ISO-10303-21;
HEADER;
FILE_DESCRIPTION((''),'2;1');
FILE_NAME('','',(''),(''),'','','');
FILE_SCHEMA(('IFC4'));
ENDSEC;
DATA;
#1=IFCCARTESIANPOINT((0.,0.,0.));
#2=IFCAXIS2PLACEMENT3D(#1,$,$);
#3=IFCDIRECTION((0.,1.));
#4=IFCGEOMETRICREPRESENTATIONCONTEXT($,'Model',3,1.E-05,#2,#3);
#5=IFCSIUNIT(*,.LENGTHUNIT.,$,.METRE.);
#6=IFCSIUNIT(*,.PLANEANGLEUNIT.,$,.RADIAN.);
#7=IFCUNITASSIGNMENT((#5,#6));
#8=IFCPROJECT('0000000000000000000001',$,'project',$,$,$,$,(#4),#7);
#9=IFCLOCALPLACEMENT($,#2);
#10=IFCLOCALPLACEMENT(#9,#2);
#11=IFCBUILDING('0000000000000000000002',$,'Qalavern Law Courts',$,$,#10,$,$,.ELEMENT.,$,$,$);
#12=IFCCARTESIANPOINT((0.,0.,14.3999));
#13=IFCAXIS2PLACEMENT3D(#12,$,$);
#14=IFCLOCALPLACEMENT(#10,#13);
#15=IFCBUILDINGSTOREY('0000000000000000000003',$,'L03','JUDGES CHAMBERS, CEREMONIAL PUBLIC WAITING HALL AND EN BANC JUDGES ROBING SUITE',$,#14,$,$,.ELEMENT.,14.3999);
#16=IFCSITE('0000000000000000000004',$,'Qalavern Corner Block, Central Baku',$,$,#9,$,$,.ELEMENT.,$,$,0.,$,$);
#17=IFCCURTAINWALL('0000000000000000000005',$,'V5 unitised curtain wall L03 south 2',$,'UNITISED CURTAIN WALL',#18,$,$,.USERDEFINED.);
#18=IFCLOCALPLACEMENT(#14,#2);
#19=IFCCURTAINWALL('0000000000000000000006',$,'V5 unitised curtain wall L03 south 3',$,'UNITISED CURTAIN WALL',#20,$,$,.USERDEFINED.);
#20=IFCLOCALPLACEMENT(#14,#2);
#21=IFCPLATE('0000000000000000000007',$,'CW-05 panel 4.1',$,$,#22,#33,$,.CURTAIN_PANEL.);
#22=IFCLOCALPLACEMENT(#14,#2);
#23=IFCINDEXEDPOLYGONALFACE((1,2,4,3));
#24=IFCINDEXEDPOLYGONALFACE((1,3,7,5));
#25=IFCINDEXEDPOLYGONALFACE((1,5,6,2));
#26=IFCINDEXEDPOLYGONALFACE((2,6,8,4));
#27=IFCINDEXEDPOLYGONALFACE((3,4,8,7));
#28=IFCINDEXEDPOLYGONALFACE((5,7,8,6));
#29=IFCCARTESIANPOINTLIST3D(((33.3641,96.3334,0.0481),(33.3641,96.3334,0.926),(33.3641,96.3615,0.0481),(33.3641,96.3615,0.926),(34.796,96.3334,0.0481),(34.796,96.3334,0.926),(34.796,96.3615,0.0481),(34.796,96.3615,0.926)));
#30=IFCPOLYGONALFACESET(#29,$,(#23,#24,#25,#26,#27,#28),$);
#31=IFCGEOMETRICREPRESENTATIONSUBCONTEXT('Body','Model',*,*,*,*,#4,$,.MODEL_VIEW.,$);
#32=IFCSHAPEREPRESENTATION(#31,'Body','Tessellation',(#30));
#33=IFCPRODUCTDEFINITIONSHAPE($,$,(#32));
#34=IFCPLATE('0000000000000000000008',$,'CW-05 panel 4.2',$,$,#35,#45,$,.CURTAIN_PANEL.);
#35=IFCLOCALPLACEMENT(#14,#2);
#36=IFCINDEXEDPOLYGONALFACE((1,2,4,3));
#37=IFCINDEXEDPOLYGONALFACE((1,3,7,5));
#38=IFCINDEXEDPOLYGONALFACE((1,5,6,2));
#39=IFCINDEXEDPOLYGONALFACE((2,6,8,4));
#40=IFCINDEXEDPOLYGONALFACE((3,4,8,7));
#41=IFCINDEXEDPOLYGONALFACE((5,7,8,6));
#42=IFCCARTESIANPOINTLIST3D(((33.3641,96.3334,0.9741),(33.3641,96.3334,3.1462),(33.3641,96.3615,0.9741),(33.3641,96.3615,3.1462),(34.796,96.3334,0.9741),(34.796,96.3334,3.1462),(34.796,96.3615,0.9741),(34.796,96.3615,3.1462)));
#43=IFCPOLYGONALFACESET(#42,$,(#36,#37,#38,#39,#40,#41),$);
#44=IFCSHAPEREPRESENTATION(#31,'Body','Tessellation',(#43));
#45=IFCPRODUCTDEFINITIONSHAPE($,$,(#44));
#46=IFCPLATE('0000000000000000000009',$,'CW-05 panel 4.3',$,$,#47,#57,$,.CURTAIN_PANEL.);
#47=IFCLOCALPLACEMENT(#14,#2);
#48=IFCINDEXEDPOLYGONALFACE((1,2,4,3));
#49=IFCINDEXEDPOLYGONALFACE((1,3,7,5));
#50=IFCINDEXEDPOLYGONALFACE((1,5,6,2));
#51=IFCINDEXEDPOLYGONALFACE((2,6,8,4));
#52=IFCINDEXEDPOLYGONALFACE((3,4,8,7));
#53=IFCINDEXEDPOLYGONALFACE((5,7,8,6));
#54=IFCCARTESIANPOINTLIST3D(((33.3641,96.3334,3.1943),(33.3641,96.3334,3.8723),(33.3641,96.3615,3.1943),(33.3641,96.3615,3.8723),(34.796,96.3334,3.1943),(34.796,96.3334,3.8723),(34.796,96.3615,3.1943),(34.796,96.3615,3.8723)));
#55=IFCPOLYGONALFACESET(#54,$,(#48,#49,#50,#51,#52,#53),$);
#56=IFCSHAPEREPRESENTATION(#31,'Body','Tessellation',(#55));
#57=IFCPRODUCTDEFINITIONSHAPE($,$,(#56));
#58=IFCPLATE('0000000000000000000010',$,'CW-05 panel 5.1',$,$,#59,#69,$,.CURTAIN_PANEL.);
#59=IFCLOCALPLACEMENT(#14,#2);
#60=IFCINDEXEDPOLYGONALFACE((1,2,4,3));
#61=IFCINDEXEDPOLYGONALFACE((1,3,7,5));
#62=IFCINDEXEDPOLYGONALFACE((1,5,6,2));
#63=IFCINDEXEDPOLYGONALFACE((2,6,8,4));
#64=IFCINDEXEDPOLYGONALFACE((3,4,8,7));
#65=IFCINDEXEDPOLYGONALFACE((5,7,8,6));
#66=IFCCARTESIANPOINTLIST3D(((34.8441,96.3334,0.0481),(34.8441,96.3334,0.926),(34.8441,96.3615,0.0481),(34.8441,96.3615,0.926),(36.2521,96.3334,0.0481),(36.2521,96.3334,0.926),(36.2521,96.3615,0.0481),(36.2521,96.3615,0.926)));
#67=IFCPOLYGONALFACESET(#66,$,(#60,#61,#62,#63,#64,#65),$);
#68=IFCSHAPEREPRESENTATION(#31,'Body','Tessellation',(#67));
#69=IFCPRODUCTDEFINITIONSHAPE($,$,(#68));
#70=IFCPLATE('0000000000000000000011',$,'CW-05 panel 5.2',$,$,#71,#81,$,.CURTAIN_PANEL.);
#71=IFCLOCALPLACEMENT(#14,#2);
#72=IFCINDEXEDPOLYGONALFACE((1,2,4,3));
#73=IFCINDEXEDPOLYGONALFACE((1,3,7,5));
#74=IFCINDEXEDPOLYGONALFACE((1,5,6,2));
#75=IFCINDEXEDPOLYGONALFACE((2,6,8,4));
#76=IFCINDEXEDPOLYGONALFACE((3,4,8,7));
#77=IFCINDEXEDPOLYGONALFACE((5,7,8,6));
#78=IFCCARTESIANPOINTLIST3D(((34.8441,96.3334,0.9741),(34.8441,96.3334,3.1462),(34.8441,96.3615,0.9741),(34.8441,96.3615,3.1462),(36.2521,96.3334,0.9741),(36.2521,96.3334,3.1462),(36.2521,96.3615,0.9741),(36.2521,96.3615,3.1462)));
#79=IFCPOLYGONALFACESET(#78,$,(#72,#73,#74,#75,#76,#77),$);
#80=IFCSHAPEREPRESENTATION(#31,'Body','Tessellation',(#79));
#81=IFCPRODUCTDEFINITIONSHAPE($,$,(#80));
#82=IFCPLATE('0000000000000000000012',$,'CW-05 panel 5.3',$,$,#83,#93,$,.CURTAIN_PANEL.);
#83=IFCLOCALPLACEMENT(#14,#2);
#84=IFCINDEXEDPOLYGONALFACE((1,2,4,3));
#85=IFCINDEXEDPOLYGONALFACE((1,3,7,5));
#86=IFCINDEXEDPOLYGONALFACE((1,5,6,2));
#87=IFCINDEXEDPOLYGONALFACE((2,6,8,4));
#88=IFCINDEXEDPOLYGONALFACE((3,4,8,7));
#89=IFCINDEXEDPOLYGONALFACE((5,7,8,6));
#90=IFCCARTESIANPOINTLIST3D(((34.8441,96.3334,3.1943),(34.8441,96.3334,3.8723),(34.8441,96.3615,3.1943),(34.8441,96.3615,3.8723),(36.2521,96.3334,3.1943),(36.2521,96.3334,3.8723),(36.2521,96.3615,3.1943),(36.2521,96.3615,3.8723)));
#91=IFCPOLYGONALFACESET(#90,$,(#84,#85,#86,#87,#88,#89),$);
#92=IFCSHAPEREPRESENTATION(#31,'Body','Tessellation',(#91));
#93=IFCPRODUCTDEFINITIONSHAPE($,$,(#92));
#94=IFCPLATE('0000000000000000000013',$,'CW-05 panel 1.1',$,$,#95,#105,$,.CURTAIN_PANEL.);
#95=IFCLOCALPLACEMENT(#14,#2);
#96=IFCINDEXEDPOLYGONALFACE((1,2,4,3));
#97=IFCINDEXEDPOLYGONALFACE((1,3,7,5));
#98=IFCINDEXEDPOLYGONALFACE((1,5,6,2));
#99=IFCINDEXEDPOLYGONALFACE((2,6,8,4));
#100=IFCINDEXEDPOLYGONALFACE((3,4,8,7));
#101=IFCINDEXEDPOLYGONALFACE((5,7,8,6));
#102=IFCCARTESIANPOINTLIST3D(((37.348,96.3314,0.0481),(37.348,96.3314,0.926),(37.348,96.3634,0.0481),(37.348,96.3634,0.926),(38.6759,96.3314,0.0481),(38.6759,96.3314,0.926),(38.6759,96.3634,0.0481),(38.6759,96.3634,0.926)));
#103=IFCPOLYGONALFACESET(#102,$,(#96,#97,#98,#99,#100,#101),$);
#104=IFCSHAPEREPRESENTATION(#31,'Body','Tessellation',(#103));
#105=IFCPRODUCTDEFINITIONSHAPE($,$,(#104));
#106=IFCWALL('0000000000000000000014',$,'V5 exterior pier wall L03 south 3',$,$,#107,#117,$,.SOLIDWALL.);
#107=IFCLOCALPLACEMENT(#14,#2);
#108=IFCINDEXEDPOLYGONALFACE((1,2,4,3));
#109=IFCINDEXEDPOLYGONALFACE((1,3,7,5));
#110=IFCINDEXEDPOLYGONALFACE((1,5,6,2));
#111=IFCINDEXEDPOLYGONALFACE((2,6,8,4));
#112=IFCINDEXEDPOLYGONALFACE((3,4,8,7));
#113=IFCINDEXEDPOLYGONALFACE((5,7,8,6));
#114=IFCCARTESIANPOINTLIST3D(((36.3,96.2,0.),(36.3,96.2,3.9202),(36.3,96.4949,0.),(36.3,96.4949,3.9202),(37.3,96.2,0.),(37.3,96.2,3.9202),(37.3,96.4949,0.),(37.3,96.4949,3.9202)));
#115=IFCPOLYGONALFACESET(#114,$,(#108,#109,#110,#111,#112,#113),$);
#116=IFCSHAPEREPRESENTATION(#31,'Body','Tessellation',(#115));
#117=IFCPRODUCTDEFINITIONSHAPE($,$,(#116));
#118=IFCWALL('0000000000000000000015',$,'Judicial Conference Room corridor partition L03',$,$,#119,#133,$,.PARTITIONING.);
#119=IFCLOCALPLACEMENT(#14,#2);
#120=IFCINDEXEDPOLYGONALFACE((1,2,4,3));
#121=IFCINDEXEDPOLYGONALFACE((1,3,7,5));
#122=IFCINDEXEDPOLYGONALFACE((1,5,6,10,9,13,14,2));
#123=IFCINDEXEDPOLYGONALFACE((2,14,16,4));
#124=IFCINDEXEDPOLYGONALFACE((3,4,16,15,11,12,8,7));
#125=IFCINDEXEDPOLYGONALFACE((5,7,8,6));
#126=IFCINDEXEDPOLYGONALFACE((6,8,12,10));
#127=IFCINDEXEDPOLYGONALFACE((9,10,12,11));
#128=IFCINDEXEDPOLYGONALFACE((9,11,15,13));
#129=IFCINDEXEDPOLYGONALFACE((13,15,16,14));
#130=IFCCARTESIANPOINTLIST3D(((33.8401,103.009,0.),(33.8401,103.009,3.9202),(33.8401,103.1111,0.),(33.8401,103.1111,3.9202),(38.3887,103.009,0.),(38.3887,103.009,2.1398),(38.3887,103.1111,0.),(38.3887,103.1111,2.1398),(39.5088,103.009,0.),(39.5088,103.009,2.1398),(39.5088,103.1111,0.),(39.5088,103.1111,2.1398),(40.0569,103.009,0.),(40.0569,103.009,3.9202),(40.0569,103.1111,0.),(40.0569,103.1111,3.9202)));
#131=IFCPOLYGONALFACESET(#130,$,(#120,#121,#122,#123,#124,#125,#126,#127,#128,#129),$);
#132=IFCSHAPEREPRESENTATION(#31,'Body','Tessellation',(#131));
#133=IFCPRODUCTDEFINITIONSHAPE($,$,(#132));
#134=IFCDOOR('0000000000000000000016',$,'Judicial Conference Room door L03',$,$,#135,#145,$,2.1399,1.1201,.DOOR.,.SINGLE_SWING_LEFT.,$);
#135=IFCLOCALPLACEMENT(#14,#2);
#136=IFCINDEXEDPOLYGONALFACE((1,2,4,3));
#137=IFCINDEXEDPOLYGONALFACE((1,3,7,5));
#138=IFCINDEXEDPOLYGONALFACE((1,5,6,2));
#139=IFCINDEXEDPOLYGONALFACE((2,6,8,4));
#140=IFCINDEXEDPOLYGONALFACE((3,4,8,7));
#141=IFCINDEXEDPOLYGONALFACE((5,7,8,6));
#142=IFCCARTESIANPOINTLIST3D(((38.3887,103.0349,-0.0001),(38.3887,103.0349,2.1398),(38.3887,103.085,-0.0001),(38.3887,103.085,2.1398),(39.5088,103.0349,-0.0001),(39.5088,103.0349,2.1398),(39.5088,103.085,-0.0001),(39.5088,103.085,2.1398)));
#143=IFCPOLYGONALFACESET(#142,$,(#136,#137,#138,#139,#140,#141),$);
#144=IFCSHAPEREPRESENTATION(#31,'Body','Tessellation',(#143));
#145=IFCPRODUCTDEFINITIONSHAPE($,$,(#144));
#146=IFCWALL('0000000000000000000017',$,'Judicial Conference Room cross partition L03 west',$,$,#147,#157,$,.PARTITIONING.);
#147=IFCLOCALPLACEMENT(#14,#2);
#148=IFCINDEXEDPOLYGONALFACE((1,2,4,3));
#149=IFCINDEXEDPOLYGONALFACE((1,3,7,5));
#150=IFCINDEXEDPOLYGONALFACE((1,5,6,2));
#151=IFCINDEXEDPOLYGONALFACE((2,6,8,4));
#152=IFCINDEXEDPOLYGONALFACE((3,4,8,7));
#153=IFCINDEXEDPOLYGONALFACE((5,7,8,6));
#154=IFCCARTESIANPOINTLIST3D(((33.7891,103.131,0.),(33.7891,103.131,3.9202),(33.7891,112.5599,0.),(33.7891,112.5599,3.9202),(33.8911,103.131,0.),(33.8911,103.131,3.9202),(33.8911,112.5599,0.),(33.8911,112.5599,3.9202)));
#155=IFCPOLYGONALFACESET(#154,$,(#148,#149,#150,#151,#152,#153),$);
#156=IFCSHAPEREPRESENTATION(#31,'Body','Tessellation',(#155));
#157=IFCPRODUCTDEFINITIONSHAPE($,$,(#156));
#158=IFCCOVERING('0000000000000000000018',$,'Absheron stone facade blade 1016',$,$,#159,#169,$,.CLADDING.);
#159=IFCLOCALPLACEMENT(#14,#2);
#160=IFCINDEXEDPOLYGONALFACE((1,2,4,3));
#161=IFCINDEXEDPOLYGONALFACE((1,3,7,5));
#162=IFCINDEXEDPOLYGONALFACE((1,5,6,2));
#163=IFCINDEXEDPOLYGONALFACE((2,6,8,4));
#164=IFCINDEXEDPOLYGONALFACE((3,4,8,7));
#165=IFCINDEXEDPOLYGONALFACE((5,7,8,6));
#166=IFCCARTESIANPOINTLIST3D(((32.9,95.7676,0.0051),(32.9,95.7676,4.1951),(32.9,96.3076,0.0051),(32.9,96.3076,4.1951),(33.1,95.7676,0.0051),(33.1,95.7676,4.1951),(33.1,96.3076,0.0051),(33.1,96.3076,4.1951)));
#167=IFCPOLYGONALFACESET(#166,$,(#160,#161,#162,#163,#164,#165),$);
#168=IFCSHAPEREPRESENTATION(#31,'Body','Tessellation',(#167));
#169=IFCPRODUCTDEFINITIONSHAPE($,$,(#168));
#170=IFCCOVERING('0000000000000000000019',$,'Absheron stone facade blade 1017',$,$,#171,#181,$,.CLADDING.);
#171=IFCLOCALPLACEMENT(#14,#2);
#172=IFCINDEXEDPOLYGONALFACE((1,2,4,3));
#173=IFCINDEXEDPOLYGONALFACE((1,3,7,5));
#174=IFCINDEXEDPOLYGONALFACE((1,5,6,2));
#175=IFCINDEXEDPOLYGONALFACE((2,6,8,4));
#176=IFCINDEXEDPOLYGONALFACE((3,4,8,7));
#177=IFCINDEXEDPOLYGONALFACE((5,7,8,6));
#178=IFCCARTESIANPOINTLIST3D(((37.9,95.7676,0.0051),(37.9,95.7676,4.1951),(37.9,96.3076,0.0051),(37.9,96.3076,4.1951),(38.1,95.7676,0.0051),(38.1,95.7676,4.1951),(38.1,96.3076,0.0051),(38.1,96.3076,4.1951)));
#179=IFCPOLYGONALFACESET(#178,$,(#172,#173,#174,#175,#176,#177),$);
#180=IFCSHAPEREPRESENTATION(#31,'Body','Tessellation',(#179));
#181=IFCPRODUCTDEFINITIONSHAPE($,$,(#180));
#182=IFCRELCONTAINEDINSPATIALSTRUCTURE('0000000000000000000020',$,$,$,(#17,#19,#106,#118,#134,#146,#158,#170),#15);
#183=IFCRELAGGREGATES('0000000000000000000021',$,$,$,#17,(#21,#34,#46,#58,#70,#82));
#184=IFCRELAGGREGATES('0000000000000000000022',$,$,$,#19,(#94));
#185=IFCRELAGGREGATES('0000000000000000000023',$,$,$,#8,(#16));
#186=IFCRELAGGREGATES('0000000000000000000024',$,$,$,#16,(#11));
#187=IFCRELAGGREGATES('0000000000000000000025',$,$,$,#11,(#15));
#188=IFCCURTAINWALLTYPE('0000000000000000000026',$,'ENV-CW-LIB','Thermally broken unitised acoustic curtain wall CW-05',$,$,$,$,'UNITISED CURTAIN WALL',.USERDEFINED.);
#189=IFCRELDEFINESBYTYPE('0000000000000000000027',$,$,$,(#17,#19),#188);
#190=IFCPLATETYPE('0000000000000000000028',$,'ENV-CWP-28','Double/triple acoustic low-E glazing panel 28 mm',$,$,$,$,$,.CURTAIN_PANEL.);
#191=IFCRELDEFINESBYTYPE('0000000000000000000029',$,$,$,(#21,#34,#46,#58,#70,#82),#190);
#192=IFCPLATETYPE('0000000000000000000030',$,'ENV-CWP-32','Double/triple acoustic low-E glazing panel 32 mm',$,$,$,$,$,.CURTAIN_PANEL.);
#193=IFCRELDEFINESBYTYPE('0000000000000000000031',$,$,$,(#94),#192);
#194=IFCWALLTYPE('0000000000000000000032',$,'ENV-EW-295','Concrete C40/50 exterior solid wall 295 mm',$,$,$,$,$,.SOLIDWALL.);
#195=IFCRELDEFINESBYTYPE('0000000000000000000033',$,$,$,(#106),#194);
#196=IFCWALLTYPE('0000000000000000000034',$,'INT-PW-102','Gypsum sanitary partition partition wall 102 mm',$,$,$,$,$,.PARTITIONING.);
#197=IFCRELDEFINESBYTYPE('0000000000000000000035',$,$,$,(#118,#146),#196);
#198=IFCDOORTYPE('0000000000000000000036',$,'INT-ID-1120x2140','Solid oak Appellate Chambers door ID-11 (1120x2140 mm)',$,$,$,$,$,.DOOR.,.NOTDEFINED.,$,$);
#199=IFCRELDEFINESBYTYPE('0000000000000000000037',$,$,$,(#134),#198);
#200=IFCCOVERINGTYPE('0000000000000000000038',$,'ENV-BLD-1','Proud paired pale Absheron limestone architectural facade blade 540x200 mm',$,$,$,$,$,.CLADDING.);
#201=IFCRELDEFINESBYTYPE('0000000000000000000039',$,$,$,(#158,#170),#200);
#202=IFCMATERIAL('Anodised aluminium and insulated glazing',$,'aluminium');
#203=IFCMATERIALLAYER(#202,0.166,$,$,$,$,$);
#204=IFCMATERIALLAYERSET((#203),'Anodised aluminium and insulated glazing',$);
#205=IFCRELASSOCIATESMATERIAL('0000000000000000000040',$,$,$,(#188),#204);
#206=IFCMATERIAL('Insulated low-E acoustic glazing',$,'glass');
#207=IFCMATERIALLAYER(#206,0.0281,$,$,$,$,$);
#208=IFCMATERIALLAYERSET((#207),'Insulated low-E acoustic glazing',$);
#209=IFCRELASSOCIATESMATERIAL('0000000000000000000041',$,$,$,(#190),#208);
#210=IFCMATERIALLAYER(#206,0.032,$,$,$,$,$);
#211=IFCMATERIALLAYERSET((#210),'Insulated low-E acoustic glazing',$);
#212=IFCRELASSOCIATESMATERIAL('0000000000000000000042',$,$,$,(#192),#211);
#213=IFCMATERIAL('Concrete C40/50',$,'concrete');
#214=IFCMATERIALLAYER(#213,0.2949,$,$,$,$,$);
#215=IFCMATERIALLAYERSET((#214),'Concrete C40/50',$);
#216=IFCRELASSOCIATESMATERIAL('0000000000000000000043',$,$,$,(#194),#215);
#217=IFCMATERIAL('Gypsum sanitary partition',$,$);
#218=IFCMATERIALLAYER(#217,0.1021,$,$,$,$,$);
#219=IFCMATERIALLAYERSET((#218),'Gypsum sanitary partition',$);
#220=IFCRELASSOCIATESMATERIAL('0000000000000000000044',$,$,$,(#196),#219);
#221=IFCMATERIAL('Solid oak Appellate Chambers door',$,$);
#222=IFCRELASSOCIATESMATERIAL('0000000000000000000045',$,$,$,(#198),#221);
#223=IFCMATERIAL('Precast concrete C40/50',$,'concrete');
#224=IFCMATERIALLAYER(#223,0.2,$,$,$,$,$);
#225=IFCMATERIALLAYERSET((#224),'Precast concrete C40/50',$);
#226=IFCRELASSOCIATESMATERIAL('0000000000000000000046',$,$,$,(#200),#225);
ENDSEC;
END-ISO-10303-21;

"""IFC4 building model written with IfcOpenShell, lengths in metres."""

from ifc_helpers import new_model, si_unit, direction, frame, frame_2d, origin, origin_2d, place, context, subcontext, project, spatial, rectangle, extrude, material, layer, layer_set, type_object, element, fill, aggregate, save


model = new_model("IFC4")

# Units and contexts
model_context = context("Model", 3, precision=1e-05, world=origin(), true_north=direction((0.0, 1.0)))
body_context = subcontext(model_context, "Body", "Model", "MODEL_VIEW")
ifc_project = project(units=[si_unit("LENGTHUNIT", "METRE"), si_unit("PLANEANGLEUNIT", "RADIAN")], contexts=[model_context])

# Site, building, storey
site_placement = place(None, origin())
site = spatial("IfcSite", under=ifc_project, at=site_placement, Name="Qalavern Corner Block, Central Baku", CompositionType="ELEMENT", RefElevation=0.0)
building_placement = place(site_placement, origin())
building = spatial("IfcBuilding", under=site, at=building_placement, Name="Qalavern Law Courts", CompositionType="ELEMENT")
storey_placement = place(building_placement, frame((0.0, 0.0, 14.3999)))
storey = spatial("IfcBuildingStorey", under=building, at=storey_placement, Name="L03", Description="JUDGES CHAMBERS, CEREMONIAL PUBLIC WAITING HALL AND EN BANC JUDGES ROBING SUITE", CompositionType="ELEMENT", Elevation=14.3999)

# Curtain wall
ifc_material_1 = material(Name="Anodised aluminium and insulated glazing", Category="aluminium")
ifc_layer_1 = layer(ifc_material_1, 0.166)
ifc_layer_set_1 = layer_set([ifc_layer_1], Name="Anodised aluminium and insulated glazing")
curtain_wall_type = type_object("IfcCurtainWallType", Name="ENV-CW-LIB", Description="Thermally broken unitised acoustic curtain wall CW-05", ElementType="UNITISED CURTAIN WALL", PredefinedType="USERDEFINED", material=ifc_layer_set_1)
curtain_wall_1_placement = place(storey_placement, origin())
curtain_wall_1 = element("IfcCurtainWall", 1, at=curtain_wall_1_placement, inside=storey, type_object=curtain_wall_type, Name="V5 unitised curtain wall L03 south 2", ObjectType="UNITISED CURTAIN WALL", PredefinedType="USERDEFINED")

# Curtain wall
curtain_wall_2_placement = place(storey_placement, origin())
curtain_wall_2 = element("IfcCurtainWall", 2, at=curtain_wall_2_placement, inside=storey, type_object=curtain_wall_type, Name="V5 unitised curtain wall L03 south 3", ObjectType="UNITISED CURTAIN WALL", PredefinedType="USERDEFINED")

# Shared definitions
ifc_material_2 = material(Name="Concrete C40/50", Category="concrete")

# Plates
ifc_material_3 = material(Name="Insulated low-E acoustic glazing", Category="glass")
ifc_layer_2 = layer(ifc_material_3, 0.0281)
ifc_layer_set_2 = layer_set([ifc_layer_2], Name="Insulated low-E acoustic glazing")
plate_type_1 = type_object("IfcPlateType", Name="ENV-CWP-28", Description="Double/triple acoustic low-E glazing panel 28 mm", PredefinedType="CURTAIN_PANEL", material=ifc_layer_set_2)
plate_1_placement = place(storey_placement, frame((34.0801, 96.3474, 0.0481), z_axis=(0.0, 0.0, 1.0), x_axis=(1.0, 0.0, 0.0)))
plate_1 = element("IfcPlate", 3, at=plate_1_placement, type_object=plate_type_1, Name="CW-05 panel 4.1", PredefinedType="CURTAIN_PANEL", context=body_context, shape_type="SweptSolid", body=[
    extrude(rectangle(XDim=1.4319, YDim=0.0281, at=origin_2d()), origin(), (0.0, 0.0, 1.0), 0.8779),
])
plate_2_placement = place(storey_placement, frame((34.0801, 96.3474, 0.9741), z_axis=(0.0, 0.0, 1.0), x_axis=(1.0, 0.0, 0.0)))
plate_2 = element("IfcPlate", 4, at=plate_2_placement, type_object=plate_type_1, Name="CW-05 panel 4.2", PredefinedType="CURTAIN_PANEL", context=body_context, shape_type="SweptSolid", body=[
    extrude(rectangle(XDim=1.4319, YDim=0.0281, at=origin_2d()), origin(), (0.0, 0.0, 1.0), 2.1721),
])
plate_3_placement = place(storey_placement, frame((34.0801, 96.3474, 3.1943), z_axis=(0.0, 0.0, 1.0), x_axis=(1.0, 0.0, 0.0)))
plate_3 = element("IfcPlate", 5, at=plate_3_placement, type_object=plate_type_1, Name="CW-05 panel 4.3", PredefinedType="CURTAIN_PANEL", context=body_context, shape_type="SweptSolid", body=[
    extrude(rectangle(XDim=1.4319, YDim=0.0281, at=origin_2d()), origin(), (0.0, 0.0, 1.0), 0.678),
])
plate_4_placement = place(storey_placement, frame((35.5481, 96.3474, 0.0481), z_axis=(0.0, 0.0, 1.0), x_axis=(1.0, 0.0, 0.0)))
plate_4 = element("IfcPlate", 6, at=plate_4_placement, type_object=plate_type_1, Name="CW-05 panel 5.1", PredefinedType="CURTAIN_PANEL", context=body_context, shape_type="SweptSolid", body=[
    extrude(rectangle(XDim=1.408, YDim=0.0281, at=origin_2d()), origin(), (0.0, 0.0, 1.0), 0.8779),
])
plate_5_placement = place(storey_placement, frame((35.5481, 96.3474, 0.9741), z_axis=(0.0, 0.0, 1.0), x_axis=(1.0, 0.0, 0.0)))
plate_5 = element("IfcPlate", 7, at=plate_5_placement, type_object=plate_type_1, Name="CW-05 panel 5.2", PredefinedType="CURTAIN_PANEL", context=body_context, shape_type="SweptSolid", body=[
    extrude(rectangle(XDim=1.408, YDim=0.0281, at=origin_2d()), origin(), (0.0, 0.0, 1.0), 2.1721),
])
plate_6_placement = place(storey_placement, frame((35.5481, 96.3474, 3.1943), z_axis=(0.0, 0.0, 1.0), x_axis=(1.0, 0.0, 0.0)))
plate_6 = element("IfcPlate", 8, at=plate_6_placement, type_object=plate_type_1, Name="CW-05 panel 5.3", PredefinedType="CURTAIN_PANEL", context=body_context, shape_type="SweptSolid", body=[
    extrude(rectangle(XDim=1.408, YDim=0.0281, at=origin_2d()), origin(), (0.0, 0.0, 1.0), 0.678),
])
aggregate(curtain_wall_1, [plate_1, plate_2, plate_3, plate_4, plate_5, plate_6])
ifc_layer_3 = layer(ifc_material_3, 0.032)
ifc_layer_set_3 = layer_set([ifc_layer_3], Name="Insulated low-E acoustic glazing")
plate_type_2 = type_object("IfcPlateType", Name="ENV-CWP-32", Description="Double/triple acoustic low-E glazing panel 32 mm", PredefinedType="CURTAIN_PANEL", material=ifc_layer_set_3)
plate_7_placement = place(storey_placement, frame((38.012, 96.3474, 0.0481), z_axis=(0.0, 0.0, 1.0), x_axis=(1.0, 0.0, 0.0)))
plate_7 = element("IfcPlate", 9, at=plate_7_placement, type_object=plate_type_2, Name="CW-05 panel 1.1", PredefinedType="CURTAIN_PANEL", context=body_context, shape_type="SweptSolid", body=[
    extrude(rectangle(XDim=1.3279, YDim=0.032, at=origin_2d()), origin(), (0.0, 0.0, 1.0), 0.8779),
])
aggregate(curtain_wall_2, [plate_7])

# Wall
ifc_layer_4 = layer(ifc_material_2, 0.2949)
ifc_layer_set_4 = layer_set([ifc_layer_4], Name="Concrete C40/50")
wall_type_1 = type_object("IfcWallType", Name="ENV-EW-295", Description="Concrete C40/50 exterior solid wall 295 mm", PredefinedType="SOLIDWALL", material=ifc_layer_set_4)
wall_1_placement = place(storey_placement, frame((36.3, 96.3474, 0.0), z_axis=(0.0, 0.0, 1.0), x_axis=(1.0, 0.0, 0.0)))
element("IfcWall", 10, at=wall_1_placement, inside=storey, type_object=wall_type_1, Name="V5 exterior pier wall L03 south 3", PredefinedType="SOLIDWALL", context=body_context, shape_type="SweptSolid", body=[
    extrude(rectangle(XDim=1.0, YDim=0.2949, at=frame_2d((0.5, 0.0))), origin(), (0.0, 0.0, 1.0), 3.9202),
])

# Wall, opening, door
ifc_material_4 = material(Name="Gypsum sanitary partition")
ifc_layer_5 = layer(ifc_material_4, 0.1021)
ifc_layer_set_5 = layer_set([ifc_layer_5], Name="Gypsum sanitary partition")
wall_type_2 = type_object("IfcWallType", Name="INT-PW-102", Description="Gypsum sanitary partition partition wall 102 mm", PredefinedType="PARTITIONING", material=ifc_layer_set_5)
wall_2_placement = place(storey_placement, frame((33.8401, 103.0601, 0.0), z_axis=(0.0, 0.0, 1.0), x_axis=(1.0, 0.0, 0.0)))
wall_2 = element("IfcWall", 11, at=wall_2_placement, inside=storey, type_object=wall_type_2, Name="Judicial Conference Room corridor partition L03", PredefinedType="PARTITIONING", context=body_context, shape_type="SweptSolid", body=[
    extrude(rectangle(XDim=6.2168, YDim=0.1021, at=frame_2d((3.1084, 0.0))), origin(), (0.0, 0.0, 1.0), 3.9202),
])
opening_placement = place(wall_2_placement, frame((4.5486, 0.0, 0.0)))
opening = element("IfcOpeningElement", 12, at=opening_placement, cuts=wall_2, PredefinedType="OPENING", context=body_context, shape_type="SweptSolid", body=[
    extrude(rectangle(XDim=1.1201, YDim=2.1399, at=frame_2d((0.5601, 1.0698))), frame((0.0, 0.0659, 0.0), z_axis=(0.0, -1.0, 0.0), x_axis=(1.0, 0.0, 0.0)), (0.0, 0.0, 1.0), 0.1318),
])
ifc_material_5 = material(Name="Solid oak Appellate Chambers door")
door_type = type_object("IfcDoorType", Name="INT-ID-1120x2140", Description="Solid oak Appellate Chambers door ID-11 (1120x2140 mm)", OperationType="NOTDEFINED", PredefinedType="DOOR", material=ifc_material_5)
door_placement = place(opening_placement, origin())
door = element("IfcDoor", 13, at=door_placement, inside=storey, type_object=door_type, Name="Judicial Conference Room door L03", OperationType="SINGLE_SWING_LEFT", OverallHeight=2.1399, OverallWidth=1.1201, PredefinedType="DOOR", context=body_context, shape_type="SweptSolid", body=[
    extrude(rectangle(XDim=1.1201, YDim=2.1399, at=frame_2d((0.5601, 1.0698))), frame((0.0, 0.0249, 0.0), z_axis=(0.0, -1.0, 0.0), x_axis=(1.0, 0.0, 0.0)), (0.0, 0.0, 1.0), 0.05),
])
fill(opening, door)

# Wall
wall_3_placement = place(storey_placement, frame((33.8401, 103.1311, 0.0), z_axis=(0.0, 0.0, 1.0), x_axis=(0.0, 1.0, 0.0)))
element("IfcWall", 14, at=wall_3_placement, inside=storey, type_object=wall_type_2, Name="Judicial Conference Room cross partition L03 west", PredefinedType="PARTITIONING", context=body_context, shape_type="SweptSolid", body=[
    extrude(rectangle(XDim=9.429, YDim=0.1021, at=frame_2d((4.7144, 0.0))), origin(), (0.0, 0.0, 1.0), 3.9202),
])

# Coverings
ifc_material_6 = material(Name="Precast concrete C40/50", Category="concrete")
ifc_layer_6 = layer(ifc_material_6, 0.2)
ifc_layer_set_6 = layer_set([ifc_layer_6], Name="Precast concrete C40/50")
covering_type_1 = type_object("IfcCoveringType", Name="ENV-BLD-1", Description="Proud paired pale Absheron limestone architectural facade blade 540x200 mm", PredefinedType="CLADDING", material=ifc_layer_set_6)
for number, where, z_axis, x_axis, name in (
    (15, (33.0, 96.0376, 0.0051), (0.0, 0.0, 1.0), (0.0, -1.0, 0.0), "Absheron stone facade blade 1016"),
    (16, (38.0, 96.0376, 0.0051), (0.0, 0.0, 1.0), (0.0, -1.0, 0.0), "Absheron stone facade blade 1017"),
):
    element("IfcCovering", number, at=place(storey_placement, frame(where, z_axis=z_axis, x_axis=x_axis)), inside=storey, type_object=covering_type_1, Name=name, PredefinedType="CLADDING", context=body_context, shape_type="SweptSolid", body=[
        extrude(rectangle(XDim=0.54, YDim=0.2, at=origin_2d()), origin(), (0.0, 0.0, 1.0), 4.1899),
    ])

save(model, "model.ifc")
